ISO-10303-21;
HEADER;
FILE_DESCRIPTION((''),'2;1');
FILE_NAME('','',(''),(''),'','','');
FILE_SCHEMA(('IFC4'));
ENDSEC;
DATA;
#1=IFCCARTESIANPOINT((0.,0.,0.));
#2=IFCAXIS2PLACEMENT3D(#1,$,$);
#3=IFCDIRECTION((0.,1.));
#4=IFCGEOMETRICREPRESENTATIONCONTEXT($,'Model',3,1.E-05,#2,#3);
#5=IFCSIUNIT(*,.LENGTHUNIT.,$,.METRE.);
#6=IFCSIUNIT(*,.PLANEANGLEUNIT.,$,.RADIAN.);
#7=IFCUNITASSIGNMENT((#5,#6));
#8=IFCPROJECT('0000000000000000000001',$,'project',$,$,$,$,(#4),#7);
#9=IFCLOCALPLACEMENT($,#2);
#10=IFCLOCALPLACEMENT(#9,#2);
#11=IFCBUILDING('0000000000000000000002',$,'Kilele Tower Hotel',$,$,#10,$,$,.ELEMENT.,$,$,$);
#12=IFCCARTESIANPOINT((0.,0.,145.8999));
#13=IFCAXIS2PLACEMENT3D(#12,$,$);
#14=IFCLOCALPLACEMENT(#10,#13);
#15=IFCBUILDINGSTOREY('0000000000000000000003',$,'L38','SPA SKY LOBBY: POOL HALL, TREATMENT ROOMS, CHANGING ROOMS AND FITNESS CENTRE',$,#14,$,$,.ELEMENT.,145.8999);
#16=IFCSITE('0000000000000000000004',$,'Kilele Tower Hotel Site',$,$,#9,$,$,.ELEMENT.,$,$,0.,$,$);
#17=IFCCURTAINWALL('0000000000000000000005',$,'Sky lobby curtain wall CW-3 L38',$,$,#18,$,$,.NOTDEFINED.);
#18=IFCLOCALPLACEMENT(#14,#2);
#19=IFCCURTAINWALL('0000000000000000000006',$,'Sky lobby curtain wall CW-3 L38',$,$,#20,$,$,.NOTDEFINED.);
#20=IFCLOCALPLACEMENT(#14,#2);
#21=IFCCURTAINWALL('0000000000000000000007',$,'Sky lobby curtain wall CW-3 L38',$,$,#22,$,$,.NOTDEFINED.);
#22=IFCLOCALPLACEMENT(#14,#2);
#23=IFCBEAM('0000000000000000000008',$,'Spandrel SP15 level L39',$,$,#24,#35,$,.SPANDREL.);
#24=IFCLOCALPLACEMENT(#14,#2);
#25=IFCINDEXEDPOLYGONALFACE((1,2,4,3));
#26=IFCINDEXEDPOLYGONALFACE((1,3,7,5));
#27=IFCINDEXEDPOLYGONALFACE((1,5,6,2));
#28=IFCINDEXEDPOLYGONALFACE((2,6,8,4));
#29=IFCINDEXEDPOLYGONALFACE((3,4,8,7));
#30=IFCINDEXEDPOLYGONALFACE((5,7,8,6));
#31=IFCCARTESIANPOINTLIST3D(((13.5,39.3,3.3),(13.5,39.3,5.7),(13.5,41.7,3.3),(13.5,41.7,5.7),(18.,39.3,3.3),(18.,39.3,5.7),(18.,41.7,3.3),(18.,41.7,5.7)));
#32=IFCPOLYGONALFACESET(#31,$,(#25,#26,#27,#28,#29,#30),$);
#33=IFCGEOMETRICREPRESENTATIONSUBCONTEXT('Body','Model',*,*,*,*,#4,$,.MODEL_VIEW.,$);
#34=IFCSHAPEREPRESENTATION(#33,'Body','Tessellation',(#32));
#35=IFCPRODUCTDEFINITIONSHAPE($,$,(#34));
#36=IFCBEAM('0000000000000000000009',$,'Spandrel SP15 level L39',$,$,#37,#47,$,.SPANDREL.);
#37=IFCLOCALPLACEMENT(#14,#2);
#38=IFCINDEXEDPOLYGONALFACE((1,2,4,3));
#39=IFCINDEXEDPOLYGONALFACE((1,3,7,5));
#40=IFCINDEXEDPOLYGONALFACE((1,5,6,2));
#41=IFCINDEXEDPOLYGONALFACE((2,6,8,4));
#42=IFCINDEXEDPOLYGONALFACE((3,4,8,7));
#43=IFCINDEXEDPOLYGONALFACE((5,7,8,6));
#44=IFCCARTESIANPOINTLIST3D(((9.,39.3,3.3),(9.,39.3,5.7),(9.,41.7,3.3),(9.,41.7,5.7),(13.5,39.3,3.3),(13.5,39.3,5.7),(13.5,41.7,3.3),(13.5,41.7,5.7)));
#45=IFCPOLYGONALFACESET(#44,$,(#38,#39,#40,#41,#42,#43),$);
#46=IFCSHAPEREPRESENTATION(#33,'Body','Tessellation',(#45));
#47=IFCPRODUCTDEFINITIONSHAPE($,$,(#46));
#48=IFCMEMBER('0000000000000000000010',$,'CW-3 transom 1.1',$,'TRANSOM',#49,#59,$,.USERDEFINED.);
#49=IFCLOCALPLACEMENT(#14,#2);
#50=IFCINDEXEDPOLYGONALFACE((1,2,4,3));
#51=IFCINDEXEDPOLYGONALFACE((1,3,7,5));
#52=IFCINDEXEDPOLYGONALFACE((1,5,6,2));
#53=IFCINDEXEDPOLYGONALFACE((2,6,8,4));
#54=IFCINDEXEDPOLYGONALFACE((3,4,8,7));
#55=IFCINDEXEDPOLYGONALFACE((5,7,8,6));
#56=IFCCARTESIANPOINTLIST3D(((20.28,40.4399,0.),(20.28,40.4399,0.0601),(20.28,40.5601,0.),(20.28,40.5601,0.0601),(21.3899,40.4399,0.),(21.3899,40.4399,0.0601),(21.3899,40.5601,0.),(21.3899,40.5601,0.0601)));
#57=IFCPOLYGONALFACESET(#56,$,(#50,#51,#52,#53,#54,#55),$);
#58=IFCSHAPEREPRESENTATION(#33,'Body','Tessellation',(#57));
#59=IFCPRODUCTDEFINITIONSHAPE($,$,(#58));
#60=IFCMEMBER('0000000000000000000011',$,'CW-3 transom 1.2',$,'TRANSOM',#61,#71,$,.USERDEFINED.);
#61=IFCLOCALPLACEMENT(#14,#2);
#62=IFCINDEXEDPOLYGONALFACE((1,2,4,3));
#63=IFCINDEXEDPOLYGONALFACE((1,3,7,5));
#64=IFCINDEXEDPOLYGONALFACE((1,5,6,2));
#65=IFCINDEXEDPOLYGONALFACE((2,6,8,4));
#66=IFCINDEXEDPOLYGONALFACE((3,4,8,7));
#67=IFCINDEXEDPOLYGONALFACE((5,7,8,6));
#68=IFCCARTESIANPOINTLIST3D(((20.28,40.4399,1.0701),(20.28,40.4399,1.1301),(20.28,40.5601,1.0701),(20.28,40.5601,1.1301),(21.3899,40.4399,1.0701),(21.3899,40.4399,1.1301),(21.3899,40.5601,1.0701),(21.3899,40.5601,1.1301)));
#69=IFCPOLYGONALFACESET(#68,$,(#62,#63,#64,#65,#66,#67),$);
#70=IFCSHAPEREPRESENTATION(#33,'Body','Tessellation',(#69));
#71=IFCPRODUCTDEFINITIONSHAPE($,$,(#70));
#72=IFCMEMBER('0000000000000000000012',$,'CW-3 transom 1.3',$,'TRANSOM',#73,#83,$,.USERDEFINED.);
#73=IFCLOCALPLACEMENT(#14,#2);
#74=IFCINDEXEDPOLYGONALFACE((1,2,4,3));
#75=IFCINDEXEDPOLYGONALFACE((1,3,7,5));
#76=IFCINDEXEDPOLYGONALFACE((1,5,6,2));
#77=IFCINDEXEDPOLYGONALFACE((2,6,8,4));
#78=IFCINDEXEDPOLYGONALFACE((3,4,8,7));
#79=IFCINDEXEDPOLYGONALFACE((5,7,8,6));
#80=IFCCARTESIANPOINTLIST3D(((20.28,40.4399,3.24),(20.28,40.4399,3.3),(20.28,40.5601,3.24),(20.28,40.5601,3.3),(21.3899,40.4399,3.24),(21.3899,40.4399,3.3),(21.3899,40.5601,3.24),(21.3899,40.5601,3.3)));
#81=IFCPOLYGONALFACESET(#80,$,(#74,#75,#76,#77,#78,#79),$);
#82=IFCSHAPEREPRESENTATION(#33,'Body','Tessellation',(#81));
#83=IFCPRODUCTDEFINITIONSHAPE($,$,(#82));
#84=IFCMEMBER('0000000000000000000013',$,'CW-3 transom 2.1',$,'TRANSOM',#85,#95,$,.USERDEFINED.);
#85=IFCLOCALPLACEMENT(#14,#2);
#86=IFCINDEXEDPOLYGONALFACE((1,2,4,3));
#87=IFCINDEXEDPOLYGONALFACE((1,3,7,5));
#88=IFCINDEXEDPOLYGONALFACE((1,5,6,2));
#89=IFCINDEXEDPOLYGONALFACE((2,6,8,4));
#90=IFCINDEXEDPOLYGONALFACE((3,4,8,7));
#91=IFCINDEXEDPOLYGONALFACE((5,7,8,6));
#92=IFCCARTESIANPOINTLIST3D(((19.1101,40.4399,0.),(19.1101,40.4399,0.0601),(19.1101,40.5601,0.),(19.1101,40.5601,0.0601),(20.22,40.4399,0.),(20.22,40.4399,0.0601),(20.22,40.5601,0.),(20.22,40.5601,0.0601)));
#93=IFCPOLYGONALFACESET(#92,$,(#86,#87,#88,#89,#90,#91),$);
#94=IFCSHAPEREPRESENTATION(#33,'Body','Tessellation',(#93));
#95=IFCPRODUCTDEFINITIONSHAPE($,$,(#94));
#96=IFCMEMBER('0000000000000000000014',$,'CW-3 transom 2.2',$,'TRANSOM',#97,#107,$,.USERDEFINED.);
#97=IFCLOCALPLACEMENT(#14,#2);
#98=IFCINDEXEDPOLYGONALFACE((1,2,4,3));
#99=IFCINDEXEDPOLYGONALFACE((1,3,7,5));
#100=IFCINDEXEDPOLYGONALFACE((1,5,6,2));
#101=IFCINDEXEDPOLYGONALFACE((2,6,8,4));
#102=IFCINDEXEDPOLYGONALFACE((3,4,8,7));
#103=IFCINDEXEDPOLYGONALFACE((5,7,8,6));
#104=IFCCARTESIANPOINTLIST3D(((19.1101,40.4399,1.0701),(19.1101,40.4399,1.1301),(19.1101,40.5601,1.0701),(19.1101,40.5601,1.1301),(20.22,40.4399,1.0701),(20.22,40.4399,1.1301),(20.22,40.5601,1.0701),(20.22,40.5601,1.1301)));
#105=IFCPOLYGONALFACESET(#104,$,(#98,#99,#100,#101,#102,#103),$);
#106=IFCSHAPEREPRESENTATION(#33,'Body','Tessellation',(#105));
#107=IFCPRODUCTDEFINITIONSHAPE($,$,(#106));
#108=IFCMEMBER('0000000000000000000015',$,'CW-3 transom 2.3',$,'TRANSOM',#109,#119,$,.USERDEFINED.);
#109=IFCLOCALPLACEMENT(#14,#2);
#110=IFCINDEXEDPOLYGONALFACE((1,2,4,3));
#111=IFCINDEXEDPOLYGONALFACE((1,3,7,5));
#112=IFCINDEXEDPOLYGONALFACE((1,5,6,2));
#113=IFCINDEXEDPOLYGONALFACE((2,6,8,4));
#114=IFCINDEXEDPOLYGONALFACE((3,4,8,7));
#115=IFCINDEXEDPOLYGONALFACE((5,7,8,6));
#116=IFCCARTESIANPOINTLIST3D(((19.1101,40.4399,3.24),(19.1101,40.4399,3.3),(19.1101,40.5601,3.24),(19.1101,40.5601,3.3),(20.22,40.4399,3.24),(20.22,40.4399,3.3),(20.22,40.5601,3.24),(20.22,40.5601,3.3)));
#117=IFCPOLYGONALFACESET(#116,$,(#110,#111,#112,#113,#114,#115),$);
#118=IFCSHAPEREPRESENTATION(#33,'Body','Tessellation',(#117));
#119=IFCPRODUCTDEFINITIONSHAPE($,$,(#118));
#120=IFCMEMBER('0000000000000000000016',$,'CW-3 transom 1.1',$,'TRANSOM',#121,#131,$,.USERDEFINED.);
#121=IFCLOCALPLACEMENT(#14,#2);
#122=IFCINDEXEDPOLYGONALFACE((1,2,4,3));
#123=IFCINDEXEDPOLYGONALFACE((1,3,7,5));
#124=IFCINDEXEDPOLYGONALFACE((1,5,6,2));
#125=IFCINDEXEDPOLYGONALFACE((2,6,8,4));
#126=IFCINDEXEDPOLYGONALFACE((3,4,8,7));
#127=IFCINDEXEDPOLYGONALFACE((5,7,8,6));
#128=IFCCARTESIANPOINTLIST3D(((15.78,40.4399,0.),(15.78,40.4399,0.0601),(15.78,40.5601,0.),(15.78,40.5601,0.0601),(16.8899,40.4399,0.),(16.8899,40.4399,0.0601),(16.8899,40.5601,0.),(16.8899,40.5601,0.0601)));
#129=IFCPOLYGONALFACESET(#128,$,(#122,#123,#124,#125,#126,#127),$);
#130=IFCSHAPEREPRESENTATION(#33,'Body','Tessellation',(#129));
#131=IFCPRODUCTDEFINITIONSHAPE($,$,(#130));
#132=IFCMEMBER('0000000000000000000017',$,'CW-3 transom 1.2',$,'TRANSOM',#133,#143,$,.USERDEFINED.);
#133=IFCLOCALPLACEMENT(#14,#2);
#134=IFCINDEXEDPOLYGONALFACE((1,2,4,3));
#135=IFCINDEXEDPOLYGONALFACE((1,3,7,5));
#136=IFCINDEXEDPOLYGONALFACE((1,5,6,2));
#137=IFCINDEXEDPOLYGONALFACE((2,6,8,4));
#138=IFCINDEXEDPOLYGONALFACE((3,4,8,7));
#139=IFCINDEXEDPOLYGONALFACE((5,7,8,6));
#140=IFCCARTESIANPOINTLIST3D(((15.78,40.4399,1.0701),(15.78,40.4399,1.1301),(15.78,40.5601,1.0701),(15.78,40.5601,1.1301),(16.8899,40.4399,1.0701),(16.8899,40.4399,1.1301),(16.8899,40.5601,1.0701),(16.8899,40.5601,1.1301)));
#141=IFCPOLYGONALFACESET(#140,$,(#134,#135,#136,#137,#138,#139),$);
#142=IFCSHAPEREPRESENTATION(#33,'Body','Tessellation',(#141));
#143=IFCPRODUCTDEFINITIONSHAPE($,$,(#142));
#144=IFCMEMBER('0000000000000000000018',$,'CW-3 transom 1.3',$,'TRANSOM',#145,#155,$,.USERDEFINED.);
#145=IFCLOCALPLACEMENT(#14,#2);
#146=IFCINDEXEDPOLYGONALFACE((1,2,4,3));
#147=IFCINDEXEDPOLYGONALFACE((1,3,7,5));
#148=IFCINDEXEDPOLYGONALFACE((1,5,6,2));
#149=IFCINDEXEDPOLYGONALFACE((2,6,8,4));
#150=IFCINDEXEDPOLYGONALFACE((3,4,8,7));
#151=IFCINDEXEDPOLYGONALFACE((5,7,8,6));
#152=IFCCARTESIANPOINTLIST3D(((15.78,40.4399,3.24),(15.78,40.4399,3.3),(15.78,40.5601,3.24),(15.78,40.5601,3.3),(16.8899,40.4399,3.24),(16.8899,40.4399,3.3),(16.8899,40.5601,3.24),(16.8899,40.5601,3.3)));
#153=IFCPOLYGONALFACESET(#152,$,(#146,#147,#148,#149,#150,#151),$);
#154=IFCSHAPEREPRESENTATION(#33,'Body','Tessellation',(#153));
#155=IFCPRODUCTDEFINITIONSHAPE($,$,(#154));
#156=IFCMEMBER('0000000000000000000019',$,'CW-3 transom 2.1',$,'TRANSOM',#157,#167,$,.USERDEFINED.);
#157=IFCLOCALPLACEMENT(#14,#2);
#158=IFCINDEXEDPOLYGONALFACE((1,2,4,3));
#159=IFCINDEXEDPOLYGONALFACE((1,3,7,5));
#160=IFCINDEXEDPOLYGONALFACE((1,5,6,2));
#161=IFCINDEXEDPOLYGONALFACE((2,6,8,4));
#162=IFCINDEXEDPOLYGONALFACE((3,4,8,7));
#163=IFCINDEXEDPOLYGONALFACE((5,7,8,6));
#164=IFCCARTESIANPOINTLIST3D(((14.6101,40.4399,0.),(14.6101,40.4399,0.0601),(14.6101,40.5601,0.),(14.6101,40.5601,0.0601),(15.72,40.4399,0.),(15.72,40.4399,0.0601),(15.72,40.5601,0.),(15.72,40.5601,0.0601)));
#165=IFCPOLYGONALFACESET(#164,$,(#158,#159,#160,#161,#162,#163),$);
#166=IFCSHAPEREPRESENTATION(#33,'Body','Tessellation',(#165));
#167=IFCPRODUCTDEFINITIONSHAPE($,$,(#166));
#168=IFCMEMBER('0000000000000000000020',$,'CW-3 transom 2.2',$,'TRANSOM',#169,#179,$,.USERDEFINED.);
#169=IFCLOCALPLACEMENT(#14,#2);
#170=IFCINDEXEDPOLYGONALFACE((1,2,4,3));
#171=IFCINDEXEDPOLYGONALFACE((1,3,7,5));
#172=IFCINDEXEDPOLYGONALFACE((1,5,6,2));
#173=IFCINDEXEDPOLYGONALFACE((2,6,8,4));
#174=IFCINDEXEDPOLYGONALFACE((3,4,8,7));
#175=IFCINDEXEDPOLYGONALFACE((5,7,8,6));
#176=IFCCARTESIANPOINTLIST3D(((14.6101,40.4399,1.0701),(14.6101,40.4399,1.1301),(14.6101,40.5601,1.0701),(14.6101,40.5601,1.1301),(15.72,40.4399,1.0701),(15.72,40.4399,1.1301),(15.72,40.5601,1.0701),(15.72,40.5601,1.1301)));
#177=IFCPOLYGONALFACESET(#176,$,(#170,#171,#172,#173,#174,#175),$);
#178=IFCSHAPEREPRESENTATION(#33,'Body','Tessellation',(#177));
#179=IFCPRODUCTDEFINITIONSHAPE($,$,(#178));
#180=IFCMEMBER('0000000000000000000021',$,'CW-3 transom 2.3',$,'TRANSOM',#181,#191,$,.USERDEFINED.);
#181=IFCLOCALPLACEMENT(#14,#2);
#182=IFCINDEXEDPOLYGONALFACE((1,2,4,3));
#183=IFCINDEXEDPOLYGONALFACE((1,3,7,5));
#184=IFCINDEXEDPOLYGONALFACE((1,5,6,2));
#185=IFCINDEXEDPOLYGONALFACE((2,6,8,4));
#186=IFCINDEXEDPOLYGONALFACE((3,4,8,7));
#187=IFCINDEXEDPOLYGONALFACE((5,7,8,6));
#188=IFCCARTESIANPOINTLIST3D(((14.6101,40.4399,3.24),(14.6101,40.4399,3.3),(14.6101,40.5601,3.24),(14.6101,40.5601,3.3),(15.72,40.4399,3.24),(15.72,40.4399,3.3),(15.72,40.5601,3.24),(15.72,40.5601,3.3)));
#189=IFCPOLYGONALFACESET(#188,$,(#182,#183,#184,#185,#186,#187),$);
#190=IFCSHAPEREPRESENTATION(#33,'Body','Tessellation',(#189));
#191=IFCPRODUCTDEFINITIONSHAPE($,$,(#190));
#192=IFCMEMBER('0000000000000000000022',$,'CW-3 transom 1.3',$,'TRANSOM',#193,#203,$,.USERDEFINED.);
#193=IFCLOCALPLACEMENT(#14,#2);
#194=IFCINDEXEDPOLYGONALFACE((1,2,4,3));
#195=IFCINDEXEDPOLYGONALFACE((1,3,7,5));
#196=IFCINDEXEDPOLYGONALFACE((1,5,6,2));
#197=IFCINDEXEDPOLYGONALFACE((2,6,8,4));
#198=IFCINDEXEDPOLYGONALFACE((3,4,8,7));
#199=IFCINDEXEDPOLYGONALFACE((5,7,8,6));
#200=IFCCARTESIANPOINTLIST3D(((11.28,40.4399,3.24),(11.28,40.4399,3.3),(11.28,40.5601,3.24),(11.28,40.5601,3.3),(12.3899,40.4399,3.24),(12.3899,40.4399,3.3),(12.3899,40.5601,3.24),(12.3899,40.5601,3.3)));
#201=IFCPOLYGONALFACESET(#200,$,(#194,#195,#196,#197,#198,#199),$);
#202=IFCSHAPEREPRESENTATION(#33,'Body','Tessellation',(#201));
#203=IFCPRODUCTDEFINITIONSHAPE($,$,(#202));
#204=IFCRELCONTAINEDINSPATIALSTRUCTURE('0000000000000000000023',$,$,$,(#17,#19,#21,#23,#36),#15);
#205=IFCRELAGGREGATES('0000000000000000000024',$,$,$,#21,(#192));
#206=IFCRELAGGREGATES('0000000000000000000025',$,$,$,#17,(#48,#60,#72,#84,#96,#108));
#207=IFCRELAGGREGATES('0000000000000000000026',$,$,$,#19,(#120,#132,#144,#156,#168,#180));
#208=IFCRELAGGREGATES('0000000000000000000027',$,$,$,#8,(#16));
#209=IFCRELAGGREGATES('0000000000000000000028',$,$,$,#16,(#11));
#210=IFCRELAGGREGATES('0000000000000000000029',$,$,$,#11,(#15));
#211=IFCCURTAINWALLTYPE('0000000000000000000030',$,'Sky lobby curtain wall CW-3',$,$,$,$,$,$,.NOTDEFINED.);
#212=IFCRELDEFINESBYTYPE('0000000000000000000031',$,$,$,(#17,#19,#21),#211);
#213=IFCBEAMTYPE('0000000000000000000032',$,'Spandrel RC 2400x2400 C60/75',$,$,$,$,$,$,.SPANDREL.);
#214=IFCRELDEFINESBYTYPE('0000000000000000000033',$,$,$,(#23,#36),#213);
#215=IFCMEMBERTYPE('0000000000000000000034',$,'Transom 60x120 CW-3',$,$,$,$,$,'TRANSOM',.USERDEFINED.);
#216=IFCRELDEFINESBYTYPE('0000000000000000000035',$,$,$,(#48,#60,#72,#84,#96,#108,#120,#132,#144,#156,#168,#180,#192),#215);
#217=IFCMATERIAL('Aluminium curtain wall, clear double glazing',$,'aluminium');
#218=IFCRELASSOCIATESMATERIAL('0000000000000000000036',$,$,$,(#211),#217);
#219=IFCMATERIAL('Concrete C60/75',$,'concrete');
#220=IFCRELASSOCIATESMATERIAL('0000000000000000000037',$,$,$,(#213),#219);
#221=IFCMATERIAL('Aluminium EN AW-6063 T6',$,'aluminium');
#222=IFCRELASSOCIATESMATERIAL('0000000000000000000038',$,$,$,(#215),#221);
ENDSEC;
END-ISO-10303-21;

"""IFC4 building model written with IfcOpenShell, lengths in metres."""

from ifc_helpers import new_model, si_unit, direction, frame, origin, origin_2d, place, context, subcontext, project, spatial, rectangle, extrude, material, material_profile, profile_set, type_object, element, aggregate, save


model = new_model("IFC4")

# Units and contexts
model_context = context("Model", 3, precision=1e-05, world=origin(), true_north=direction((0.0, 1.0)))
body_context = subcontext(model_context, "Body", "Model", "MODEL_VIEW")
ifc_project = project(units=[si_unit("LENGTHUNIT", "METRE"), si_unit("PLANEANGLEUNIT", "RADIAN")], contexts=[model_context])

# Site, building, storey
site_placement = place(None, origin())
site = spatial("IfcSite", under=ifc_project, at=site_placement, Name="Kilele Tower Hotel Site", CompositionType="ELEMENT", RefElevation=0.0)
building_placement = place(site_placement, origin())
building = spatial("IfcBuilding", under=site, at=building_placement, Name="Kilele Tower Hotel", CompositionType="ELEMENT")
storey_placement = place(building_placement, frame((0.0, 0.0, 145.8999)))
storey = spatial("IfcBuildingStorey", under=building, at=storey_placement, Name="L38", Description="SPA SKY LOBBY: POOL HALL, TREATMENT ROOMS, CHANGING ROOMS AND FITNESS CENTRE", CompositionType="ELEMENT", Elevation=145.8999)

# Shared definitions
ifc_material_1 = material(Name="Aluminium curtain wall, clear double glazing", Category="aluminium")
curtain_wall_type = type_object("IfcCurtainWallType", Name="Sky lobby curtain wall CW-3", PredefinedType="NOTDEFINED", material=ifc_material_1)

# Curtain walls
curtain_wall_1_placement = place(storey_placement, origin())
curtain_wall_1 = element("IfcCurtainWall", 1, at=curtain_wall_1_placement, inside=storey, type_object=curtain_wall_type, Name="Sky lobby curtain wall CW-3 L38", PredefinedType="NOTDEFINED")
curtain_wall_2_placement = place(storey_placement, origin())
curtain_wall_2 = element("IfcCurtainWall", 2, at=curtain_wall_2_placement, inside=storey, type_object=curtain_wall_type, Name="Sky lobby curtain wall CW-3 L38", PredefinedType="NOTDEFINED")

# Curtain wall
curtain_wall_3_placement = place(storey_placement, origin())
curtain_wall_3 = element("IfcCurtainWall", 3, at=curtain_wall_3_placement, inside=storey, type_object=curtain_wall_type, Name="Sky lobby curtain wall CW-3 L38", PredefinedType="NOTDEFINED")

# Beams
ifc_material_2 = material(Name="Concrete C60/75", Category="concrete")
ifc_material_profile_1 = material_profile(ifc_material_2, rectangle(XDim=2.3999, YDim=2.3999, at=origin_2d()))
ifc_profile_set_1 = profile_set([ifc_material_profile_1], Name="Concrete C60/75")
beam_type_1 = type_object("IfcBeamType", Name="Spandrel RC 2400x2400 C60/75", PredefinedType="SPANDREL", material=ifc_profile_set_1)
for number, where, z_axis, x_axis, name in (
    (4, (18.0, 40.5, 4.5), (-1.0, 0.0, 0.0), (0.0, -1.0, 0.0), "Spandrel SP15 level L39"),
    (5, (13.5, 40.5, 4.5), (-1.0, 0.0, 0.0), (0.0, -1.0, 0.0), "Spandrel SP15 level L39"),
):
    element("IfcBeam", number, at=place(storey_placement, frame(where, z_axis=z_axis, x_axis=x_axis)), inside=storey, type_object=beam_type_1, Name=name, PredefinedType="SPANDREL", context=body_context, shape_type="SweptSolid", body=[
        extrude(rectangle(XDim=2.3999, YDim=2.3999, at=origin_2d()), origin(), (0.0, 0.0, 1.0), 4.5),
    ])

# Members
ifc_material_3 = material(Name="Aluminium EN AW-6063 T6", Category="aluminium")
ifc_material_profile_2 = material_profile(ifc_material_3, rectangle(XDim=0.1201, YDim=0.0601, at=origin_2d()))
ifc_profile_set_2 = profile_set([ifc_material_profile_2], Name="Aluminium EN AW-6063 T6")
member_type_1 = type_object("IfcMemberType", Name="Transom 60x120 CW-3", ElementType="TRANSOM", PredefinedType="USERDEFINED", material=ifc_profile_set_2)
member_1_placement = place(storey_placement, frame((21.3899, 40.5, 0.03), z_axis=(-1.0, 0.0, 0.0), x_axis=(0.0, -1.0, 0.0)))
member_1 = element("IfcMember", 6, at=member_1_placement, type_object=member_type_1, Name="CW-3 transom 1.1", ObjectType="TRANSOM", PredefinedType="USERDEFINED", context=body_context, shape_type="SweptSolid", body=[
    extrude(rectangle(XDim=0.1201, YDim=0.0601, at=origin_2d()), origin(), (0.0, 0.0, 1.0), 1.1099),
])
member_2_placement = place(storey_placement, frame((21.3899, 40.5, 1.1001), z_axis=(-1.0, 0.0, 0.0), x_axis=(0.0, -1.0, 0.0)))
member_2 = element("IfcMember", 7, at=member_2_placement, type_object=member_type_1, Name="CW-3 transom 1.2", ObjectType="TRANSOM", PredefinedType="USERDEFINED", context=body_context, shape_type="SweptSolid", body=[
    extrude(rectangle(XDim=0.1201, YDim=0.0601, at=origin_2d()), origin(), (0.0, 0.0, 1.0), 1.1099),
])
member_3_placement = place(storey_placement, frame((21.3899, 40.5, 3.27), z_axis=(-1.0, 0.0, 0.0), x_axis=(0.0, -1.0, 0.0)))
member_3 = element("IfcMember", 8, at=member_3_placement, type_object=member_type_1, Name="CW-3 transom 1.3", ObjectType="TRANSOM", PredefinedType="USERDEFINED", context=body_context, shape_type="SweptSolid", body=[
    extrude(rectangle(XDim=0.1201, YDim=0.0601, at=origin_2d()), origin(), (0.0, 0.0, 1.0), 1.1099),
])
member_4_placement = place(storey_placement, frame((20.22, 40.5, 0.03), z_axis=(-1.0, 0.0, 0.0), x_axis=(0.0, -1.0, 0.0)))
member_4 = element("IfcMember", 9, at=member_4_placement, type_object=member_type_1, Name="CW-3 transom 2.1", ObjectType="TRANSOM", PredefinedType="USERDEFINED", context=body_context, shape_type="SweptSolid", body=[
    extrude(rectangle(XDim=0.1201, YDim=0.0601, at=origin_2d()), origin(), (0.0, 0.0, 1.0), 1.1099),
])
member_5_placement = place(storey_placement, frame((20.22, 40.5, 1.1001), z_axis=(-1.0, 0.0, 0.0), x_axis=(0.0, -1.0, 0.0)))
member_5 = element("IfcMember", 10, at=member_5_placement, type_object=member_type_1, Name="CW-3 transom 2.2", ObjectType="TRANSOM", PredefinedType="USERDEFINED", context=body_context, shape_type="SweptSolid", body=[
    extrude(rectangle(XDim=0.1201, YDim=0.0601, at=origin_2d()), origin(), (0.0, 0.0, 1.0), 1.1099),
])
member_6_placement = place(storey_placement, frame((20.22, 40.5, 3.27), z_axis=(-1.0, 0.0, 0.0), x_axis=(0.0, -1.0, 0.0)))
member_6 = element("IfcMember", 11, at=member_6_placement, type_object=member_type_1, Name="CW-3 transom 2.3", ObjectType="TRANSOM", PredefinedType="USERDEFINED", context=body_context, shape_type="SweptSolid", body=[
    extrude(rectangle(XDim=0.1201, YDim=0.0601, at=origin_2d()), origin(), (0.0, 0.0, 1.0), 1.1099),
])
member_7_placement = place(storey_placement, frame((16.8899, 40.5, 0.03), z_axis=(-1.0, 0.0, 0.0), x_axis=(0.0, -1.0, 0.0)))
member_7 = element("IfcMember", 12, at=member_7_placement, type_object=member_type_1, Name="CW-3 transom 1.1", ObjectType="TRANSOM", PredefinedType="USERDEFINED", context=body_context, shape_type="SweptSolid", body=[
    extrude(rectangle(XDim=0.1201, YDim=0.0601, at=origin_2d()), origin(), (0.0, 0.0, 1.0), 1.1099),
])
member_8_placement = place(storey_placement, frame((16.8899, 40.5, 1.1001), z_axis=(-1.0, 0.0, 0.0), x_axis=(0.0, -1.0, 0.0)))
member_8 = element("IfcMember", 13, at=member_8_placement, type_object=member_type_1, Name="CW-3 transom 1.2", ObjectType="TRANSOM", PredefinedType="USERDEFINED", context=body_context, shape_type="SweptSolid", body=[
    extrude(rectangle(XDim=0.1201, YDim=0.0601, at=origin_2d()), origin(), (0.0, 0.0, 1.0), 1.1099),
])
member_9_placement = place(storey_placement, frame((16.8899, 40.5, 3.27), z_axis=(-1.0, 0.0, 0.0), x_axis=(0.0, -1.0, 0.0)))
member_9 = element("IfcMember", 14, at=member_9_placement, type_object=member_type_1, Name="CW-3 transom 1.3", ObjectType="TRANSOM", PredefinedType="USERDEFINED", context=body_context, shape_type="SweptSolid", body=[
    extrude(rectangle(XDim=0.1201, YDim=0.0601, at=origin_2d()), origin(), (0.0, 0.0, 1.0), 1.1099),
])
member_10_placement = place(storey_placement, frame((15.72, 40.5, 0.03), z_axis=(-1.0, 0.0, 0.0), x_axis=(0.0, -1.0, 0.0)))
member_10 = element("IfcMember", 15, at=member_10_placement, type_object=member_type_1, Name="CW-3 transom 2.1", ObjectType="TRANSOM", PredefinedType="USERDEFINED", context=body_context, shape_type="SweptSolid", body=[
    extrude(rectangle(XDim=0.1201, YDim=0.0601, at=origin_2d()), origin(), (0.0, 0.0, 1.0), 1.1099),
])
member_11_placement = place(storey_placement, frame((15.72, 40.5, 1.1001), z_axis=(-1.0, 0.0, 0.0), x_axis=(0.0, -1.0, 0.0)))
member_11 = element("IfcMember", 16, at=member_11_placement, type_object=member_type_1, Name="CW-3 transom 2.2", ObjectType="TRANSOM", PredefinedType="USERDEFINED", context=body_context, shape_type="SweptSolid", body=[
    extrude(rectangle(XDim=0.1201, YDim=0.0601, at=origin_2d()), origin(), (0.0, 0.0, 1.0), 1.1099),
])
member_12_placement = place(storey_placement, frame((15.72, 40.5, 3.27), z_axis=(-1.0, 0.0, 0.0), x_axis=(0.0, -1.0, 0.0)))
member_12 = element("IfcMember", 17, at=member_12_placement, type_object=member_type_1, Name="CW-3 transom 2.3", ObjectType="TRANSOM", PredefinedType="USERDEFINED", context=body_context, shape_type="SweptSolid", body=[
    extrude(rectangle(XDim=0.1201, YDim=0.0601, at=origin_2d()), origin(), (0.0, 0.0, 1.0), 1.1099),
])
member_13_placement = place(storey_placement, frame((12.3899, 40.5, 3.27), z_axis=(-1.0, 0.0, 0.0), x_axis=(0.0, -1.0, 0.0)))
member_13 = element("IfcMember", 18, at=member_13_placement, type_object=member_type_1, Name="CW-3 transom 1.3", ObjectType="TRANSOM", PredefinedType="USERDEFINED", context=body_context, shape_type="SweptSolid", body=[
    extrude(rectangle(XDim=0.1201, YDim=0.0601, at=origin_2d()), origin(), (0.0, 0.0, 1.0), 1.1099),
])
aggregate(curtain_wall_3, [member_13])

aggregate(curtain_wall_1, [member_1, member_2, member_3, member_4, member_5, member_6])
aggregate(curtain_wall_2, [member_7, member_8, member_9, member_10, member_11, member_12])

save(model, "model.ifc")
